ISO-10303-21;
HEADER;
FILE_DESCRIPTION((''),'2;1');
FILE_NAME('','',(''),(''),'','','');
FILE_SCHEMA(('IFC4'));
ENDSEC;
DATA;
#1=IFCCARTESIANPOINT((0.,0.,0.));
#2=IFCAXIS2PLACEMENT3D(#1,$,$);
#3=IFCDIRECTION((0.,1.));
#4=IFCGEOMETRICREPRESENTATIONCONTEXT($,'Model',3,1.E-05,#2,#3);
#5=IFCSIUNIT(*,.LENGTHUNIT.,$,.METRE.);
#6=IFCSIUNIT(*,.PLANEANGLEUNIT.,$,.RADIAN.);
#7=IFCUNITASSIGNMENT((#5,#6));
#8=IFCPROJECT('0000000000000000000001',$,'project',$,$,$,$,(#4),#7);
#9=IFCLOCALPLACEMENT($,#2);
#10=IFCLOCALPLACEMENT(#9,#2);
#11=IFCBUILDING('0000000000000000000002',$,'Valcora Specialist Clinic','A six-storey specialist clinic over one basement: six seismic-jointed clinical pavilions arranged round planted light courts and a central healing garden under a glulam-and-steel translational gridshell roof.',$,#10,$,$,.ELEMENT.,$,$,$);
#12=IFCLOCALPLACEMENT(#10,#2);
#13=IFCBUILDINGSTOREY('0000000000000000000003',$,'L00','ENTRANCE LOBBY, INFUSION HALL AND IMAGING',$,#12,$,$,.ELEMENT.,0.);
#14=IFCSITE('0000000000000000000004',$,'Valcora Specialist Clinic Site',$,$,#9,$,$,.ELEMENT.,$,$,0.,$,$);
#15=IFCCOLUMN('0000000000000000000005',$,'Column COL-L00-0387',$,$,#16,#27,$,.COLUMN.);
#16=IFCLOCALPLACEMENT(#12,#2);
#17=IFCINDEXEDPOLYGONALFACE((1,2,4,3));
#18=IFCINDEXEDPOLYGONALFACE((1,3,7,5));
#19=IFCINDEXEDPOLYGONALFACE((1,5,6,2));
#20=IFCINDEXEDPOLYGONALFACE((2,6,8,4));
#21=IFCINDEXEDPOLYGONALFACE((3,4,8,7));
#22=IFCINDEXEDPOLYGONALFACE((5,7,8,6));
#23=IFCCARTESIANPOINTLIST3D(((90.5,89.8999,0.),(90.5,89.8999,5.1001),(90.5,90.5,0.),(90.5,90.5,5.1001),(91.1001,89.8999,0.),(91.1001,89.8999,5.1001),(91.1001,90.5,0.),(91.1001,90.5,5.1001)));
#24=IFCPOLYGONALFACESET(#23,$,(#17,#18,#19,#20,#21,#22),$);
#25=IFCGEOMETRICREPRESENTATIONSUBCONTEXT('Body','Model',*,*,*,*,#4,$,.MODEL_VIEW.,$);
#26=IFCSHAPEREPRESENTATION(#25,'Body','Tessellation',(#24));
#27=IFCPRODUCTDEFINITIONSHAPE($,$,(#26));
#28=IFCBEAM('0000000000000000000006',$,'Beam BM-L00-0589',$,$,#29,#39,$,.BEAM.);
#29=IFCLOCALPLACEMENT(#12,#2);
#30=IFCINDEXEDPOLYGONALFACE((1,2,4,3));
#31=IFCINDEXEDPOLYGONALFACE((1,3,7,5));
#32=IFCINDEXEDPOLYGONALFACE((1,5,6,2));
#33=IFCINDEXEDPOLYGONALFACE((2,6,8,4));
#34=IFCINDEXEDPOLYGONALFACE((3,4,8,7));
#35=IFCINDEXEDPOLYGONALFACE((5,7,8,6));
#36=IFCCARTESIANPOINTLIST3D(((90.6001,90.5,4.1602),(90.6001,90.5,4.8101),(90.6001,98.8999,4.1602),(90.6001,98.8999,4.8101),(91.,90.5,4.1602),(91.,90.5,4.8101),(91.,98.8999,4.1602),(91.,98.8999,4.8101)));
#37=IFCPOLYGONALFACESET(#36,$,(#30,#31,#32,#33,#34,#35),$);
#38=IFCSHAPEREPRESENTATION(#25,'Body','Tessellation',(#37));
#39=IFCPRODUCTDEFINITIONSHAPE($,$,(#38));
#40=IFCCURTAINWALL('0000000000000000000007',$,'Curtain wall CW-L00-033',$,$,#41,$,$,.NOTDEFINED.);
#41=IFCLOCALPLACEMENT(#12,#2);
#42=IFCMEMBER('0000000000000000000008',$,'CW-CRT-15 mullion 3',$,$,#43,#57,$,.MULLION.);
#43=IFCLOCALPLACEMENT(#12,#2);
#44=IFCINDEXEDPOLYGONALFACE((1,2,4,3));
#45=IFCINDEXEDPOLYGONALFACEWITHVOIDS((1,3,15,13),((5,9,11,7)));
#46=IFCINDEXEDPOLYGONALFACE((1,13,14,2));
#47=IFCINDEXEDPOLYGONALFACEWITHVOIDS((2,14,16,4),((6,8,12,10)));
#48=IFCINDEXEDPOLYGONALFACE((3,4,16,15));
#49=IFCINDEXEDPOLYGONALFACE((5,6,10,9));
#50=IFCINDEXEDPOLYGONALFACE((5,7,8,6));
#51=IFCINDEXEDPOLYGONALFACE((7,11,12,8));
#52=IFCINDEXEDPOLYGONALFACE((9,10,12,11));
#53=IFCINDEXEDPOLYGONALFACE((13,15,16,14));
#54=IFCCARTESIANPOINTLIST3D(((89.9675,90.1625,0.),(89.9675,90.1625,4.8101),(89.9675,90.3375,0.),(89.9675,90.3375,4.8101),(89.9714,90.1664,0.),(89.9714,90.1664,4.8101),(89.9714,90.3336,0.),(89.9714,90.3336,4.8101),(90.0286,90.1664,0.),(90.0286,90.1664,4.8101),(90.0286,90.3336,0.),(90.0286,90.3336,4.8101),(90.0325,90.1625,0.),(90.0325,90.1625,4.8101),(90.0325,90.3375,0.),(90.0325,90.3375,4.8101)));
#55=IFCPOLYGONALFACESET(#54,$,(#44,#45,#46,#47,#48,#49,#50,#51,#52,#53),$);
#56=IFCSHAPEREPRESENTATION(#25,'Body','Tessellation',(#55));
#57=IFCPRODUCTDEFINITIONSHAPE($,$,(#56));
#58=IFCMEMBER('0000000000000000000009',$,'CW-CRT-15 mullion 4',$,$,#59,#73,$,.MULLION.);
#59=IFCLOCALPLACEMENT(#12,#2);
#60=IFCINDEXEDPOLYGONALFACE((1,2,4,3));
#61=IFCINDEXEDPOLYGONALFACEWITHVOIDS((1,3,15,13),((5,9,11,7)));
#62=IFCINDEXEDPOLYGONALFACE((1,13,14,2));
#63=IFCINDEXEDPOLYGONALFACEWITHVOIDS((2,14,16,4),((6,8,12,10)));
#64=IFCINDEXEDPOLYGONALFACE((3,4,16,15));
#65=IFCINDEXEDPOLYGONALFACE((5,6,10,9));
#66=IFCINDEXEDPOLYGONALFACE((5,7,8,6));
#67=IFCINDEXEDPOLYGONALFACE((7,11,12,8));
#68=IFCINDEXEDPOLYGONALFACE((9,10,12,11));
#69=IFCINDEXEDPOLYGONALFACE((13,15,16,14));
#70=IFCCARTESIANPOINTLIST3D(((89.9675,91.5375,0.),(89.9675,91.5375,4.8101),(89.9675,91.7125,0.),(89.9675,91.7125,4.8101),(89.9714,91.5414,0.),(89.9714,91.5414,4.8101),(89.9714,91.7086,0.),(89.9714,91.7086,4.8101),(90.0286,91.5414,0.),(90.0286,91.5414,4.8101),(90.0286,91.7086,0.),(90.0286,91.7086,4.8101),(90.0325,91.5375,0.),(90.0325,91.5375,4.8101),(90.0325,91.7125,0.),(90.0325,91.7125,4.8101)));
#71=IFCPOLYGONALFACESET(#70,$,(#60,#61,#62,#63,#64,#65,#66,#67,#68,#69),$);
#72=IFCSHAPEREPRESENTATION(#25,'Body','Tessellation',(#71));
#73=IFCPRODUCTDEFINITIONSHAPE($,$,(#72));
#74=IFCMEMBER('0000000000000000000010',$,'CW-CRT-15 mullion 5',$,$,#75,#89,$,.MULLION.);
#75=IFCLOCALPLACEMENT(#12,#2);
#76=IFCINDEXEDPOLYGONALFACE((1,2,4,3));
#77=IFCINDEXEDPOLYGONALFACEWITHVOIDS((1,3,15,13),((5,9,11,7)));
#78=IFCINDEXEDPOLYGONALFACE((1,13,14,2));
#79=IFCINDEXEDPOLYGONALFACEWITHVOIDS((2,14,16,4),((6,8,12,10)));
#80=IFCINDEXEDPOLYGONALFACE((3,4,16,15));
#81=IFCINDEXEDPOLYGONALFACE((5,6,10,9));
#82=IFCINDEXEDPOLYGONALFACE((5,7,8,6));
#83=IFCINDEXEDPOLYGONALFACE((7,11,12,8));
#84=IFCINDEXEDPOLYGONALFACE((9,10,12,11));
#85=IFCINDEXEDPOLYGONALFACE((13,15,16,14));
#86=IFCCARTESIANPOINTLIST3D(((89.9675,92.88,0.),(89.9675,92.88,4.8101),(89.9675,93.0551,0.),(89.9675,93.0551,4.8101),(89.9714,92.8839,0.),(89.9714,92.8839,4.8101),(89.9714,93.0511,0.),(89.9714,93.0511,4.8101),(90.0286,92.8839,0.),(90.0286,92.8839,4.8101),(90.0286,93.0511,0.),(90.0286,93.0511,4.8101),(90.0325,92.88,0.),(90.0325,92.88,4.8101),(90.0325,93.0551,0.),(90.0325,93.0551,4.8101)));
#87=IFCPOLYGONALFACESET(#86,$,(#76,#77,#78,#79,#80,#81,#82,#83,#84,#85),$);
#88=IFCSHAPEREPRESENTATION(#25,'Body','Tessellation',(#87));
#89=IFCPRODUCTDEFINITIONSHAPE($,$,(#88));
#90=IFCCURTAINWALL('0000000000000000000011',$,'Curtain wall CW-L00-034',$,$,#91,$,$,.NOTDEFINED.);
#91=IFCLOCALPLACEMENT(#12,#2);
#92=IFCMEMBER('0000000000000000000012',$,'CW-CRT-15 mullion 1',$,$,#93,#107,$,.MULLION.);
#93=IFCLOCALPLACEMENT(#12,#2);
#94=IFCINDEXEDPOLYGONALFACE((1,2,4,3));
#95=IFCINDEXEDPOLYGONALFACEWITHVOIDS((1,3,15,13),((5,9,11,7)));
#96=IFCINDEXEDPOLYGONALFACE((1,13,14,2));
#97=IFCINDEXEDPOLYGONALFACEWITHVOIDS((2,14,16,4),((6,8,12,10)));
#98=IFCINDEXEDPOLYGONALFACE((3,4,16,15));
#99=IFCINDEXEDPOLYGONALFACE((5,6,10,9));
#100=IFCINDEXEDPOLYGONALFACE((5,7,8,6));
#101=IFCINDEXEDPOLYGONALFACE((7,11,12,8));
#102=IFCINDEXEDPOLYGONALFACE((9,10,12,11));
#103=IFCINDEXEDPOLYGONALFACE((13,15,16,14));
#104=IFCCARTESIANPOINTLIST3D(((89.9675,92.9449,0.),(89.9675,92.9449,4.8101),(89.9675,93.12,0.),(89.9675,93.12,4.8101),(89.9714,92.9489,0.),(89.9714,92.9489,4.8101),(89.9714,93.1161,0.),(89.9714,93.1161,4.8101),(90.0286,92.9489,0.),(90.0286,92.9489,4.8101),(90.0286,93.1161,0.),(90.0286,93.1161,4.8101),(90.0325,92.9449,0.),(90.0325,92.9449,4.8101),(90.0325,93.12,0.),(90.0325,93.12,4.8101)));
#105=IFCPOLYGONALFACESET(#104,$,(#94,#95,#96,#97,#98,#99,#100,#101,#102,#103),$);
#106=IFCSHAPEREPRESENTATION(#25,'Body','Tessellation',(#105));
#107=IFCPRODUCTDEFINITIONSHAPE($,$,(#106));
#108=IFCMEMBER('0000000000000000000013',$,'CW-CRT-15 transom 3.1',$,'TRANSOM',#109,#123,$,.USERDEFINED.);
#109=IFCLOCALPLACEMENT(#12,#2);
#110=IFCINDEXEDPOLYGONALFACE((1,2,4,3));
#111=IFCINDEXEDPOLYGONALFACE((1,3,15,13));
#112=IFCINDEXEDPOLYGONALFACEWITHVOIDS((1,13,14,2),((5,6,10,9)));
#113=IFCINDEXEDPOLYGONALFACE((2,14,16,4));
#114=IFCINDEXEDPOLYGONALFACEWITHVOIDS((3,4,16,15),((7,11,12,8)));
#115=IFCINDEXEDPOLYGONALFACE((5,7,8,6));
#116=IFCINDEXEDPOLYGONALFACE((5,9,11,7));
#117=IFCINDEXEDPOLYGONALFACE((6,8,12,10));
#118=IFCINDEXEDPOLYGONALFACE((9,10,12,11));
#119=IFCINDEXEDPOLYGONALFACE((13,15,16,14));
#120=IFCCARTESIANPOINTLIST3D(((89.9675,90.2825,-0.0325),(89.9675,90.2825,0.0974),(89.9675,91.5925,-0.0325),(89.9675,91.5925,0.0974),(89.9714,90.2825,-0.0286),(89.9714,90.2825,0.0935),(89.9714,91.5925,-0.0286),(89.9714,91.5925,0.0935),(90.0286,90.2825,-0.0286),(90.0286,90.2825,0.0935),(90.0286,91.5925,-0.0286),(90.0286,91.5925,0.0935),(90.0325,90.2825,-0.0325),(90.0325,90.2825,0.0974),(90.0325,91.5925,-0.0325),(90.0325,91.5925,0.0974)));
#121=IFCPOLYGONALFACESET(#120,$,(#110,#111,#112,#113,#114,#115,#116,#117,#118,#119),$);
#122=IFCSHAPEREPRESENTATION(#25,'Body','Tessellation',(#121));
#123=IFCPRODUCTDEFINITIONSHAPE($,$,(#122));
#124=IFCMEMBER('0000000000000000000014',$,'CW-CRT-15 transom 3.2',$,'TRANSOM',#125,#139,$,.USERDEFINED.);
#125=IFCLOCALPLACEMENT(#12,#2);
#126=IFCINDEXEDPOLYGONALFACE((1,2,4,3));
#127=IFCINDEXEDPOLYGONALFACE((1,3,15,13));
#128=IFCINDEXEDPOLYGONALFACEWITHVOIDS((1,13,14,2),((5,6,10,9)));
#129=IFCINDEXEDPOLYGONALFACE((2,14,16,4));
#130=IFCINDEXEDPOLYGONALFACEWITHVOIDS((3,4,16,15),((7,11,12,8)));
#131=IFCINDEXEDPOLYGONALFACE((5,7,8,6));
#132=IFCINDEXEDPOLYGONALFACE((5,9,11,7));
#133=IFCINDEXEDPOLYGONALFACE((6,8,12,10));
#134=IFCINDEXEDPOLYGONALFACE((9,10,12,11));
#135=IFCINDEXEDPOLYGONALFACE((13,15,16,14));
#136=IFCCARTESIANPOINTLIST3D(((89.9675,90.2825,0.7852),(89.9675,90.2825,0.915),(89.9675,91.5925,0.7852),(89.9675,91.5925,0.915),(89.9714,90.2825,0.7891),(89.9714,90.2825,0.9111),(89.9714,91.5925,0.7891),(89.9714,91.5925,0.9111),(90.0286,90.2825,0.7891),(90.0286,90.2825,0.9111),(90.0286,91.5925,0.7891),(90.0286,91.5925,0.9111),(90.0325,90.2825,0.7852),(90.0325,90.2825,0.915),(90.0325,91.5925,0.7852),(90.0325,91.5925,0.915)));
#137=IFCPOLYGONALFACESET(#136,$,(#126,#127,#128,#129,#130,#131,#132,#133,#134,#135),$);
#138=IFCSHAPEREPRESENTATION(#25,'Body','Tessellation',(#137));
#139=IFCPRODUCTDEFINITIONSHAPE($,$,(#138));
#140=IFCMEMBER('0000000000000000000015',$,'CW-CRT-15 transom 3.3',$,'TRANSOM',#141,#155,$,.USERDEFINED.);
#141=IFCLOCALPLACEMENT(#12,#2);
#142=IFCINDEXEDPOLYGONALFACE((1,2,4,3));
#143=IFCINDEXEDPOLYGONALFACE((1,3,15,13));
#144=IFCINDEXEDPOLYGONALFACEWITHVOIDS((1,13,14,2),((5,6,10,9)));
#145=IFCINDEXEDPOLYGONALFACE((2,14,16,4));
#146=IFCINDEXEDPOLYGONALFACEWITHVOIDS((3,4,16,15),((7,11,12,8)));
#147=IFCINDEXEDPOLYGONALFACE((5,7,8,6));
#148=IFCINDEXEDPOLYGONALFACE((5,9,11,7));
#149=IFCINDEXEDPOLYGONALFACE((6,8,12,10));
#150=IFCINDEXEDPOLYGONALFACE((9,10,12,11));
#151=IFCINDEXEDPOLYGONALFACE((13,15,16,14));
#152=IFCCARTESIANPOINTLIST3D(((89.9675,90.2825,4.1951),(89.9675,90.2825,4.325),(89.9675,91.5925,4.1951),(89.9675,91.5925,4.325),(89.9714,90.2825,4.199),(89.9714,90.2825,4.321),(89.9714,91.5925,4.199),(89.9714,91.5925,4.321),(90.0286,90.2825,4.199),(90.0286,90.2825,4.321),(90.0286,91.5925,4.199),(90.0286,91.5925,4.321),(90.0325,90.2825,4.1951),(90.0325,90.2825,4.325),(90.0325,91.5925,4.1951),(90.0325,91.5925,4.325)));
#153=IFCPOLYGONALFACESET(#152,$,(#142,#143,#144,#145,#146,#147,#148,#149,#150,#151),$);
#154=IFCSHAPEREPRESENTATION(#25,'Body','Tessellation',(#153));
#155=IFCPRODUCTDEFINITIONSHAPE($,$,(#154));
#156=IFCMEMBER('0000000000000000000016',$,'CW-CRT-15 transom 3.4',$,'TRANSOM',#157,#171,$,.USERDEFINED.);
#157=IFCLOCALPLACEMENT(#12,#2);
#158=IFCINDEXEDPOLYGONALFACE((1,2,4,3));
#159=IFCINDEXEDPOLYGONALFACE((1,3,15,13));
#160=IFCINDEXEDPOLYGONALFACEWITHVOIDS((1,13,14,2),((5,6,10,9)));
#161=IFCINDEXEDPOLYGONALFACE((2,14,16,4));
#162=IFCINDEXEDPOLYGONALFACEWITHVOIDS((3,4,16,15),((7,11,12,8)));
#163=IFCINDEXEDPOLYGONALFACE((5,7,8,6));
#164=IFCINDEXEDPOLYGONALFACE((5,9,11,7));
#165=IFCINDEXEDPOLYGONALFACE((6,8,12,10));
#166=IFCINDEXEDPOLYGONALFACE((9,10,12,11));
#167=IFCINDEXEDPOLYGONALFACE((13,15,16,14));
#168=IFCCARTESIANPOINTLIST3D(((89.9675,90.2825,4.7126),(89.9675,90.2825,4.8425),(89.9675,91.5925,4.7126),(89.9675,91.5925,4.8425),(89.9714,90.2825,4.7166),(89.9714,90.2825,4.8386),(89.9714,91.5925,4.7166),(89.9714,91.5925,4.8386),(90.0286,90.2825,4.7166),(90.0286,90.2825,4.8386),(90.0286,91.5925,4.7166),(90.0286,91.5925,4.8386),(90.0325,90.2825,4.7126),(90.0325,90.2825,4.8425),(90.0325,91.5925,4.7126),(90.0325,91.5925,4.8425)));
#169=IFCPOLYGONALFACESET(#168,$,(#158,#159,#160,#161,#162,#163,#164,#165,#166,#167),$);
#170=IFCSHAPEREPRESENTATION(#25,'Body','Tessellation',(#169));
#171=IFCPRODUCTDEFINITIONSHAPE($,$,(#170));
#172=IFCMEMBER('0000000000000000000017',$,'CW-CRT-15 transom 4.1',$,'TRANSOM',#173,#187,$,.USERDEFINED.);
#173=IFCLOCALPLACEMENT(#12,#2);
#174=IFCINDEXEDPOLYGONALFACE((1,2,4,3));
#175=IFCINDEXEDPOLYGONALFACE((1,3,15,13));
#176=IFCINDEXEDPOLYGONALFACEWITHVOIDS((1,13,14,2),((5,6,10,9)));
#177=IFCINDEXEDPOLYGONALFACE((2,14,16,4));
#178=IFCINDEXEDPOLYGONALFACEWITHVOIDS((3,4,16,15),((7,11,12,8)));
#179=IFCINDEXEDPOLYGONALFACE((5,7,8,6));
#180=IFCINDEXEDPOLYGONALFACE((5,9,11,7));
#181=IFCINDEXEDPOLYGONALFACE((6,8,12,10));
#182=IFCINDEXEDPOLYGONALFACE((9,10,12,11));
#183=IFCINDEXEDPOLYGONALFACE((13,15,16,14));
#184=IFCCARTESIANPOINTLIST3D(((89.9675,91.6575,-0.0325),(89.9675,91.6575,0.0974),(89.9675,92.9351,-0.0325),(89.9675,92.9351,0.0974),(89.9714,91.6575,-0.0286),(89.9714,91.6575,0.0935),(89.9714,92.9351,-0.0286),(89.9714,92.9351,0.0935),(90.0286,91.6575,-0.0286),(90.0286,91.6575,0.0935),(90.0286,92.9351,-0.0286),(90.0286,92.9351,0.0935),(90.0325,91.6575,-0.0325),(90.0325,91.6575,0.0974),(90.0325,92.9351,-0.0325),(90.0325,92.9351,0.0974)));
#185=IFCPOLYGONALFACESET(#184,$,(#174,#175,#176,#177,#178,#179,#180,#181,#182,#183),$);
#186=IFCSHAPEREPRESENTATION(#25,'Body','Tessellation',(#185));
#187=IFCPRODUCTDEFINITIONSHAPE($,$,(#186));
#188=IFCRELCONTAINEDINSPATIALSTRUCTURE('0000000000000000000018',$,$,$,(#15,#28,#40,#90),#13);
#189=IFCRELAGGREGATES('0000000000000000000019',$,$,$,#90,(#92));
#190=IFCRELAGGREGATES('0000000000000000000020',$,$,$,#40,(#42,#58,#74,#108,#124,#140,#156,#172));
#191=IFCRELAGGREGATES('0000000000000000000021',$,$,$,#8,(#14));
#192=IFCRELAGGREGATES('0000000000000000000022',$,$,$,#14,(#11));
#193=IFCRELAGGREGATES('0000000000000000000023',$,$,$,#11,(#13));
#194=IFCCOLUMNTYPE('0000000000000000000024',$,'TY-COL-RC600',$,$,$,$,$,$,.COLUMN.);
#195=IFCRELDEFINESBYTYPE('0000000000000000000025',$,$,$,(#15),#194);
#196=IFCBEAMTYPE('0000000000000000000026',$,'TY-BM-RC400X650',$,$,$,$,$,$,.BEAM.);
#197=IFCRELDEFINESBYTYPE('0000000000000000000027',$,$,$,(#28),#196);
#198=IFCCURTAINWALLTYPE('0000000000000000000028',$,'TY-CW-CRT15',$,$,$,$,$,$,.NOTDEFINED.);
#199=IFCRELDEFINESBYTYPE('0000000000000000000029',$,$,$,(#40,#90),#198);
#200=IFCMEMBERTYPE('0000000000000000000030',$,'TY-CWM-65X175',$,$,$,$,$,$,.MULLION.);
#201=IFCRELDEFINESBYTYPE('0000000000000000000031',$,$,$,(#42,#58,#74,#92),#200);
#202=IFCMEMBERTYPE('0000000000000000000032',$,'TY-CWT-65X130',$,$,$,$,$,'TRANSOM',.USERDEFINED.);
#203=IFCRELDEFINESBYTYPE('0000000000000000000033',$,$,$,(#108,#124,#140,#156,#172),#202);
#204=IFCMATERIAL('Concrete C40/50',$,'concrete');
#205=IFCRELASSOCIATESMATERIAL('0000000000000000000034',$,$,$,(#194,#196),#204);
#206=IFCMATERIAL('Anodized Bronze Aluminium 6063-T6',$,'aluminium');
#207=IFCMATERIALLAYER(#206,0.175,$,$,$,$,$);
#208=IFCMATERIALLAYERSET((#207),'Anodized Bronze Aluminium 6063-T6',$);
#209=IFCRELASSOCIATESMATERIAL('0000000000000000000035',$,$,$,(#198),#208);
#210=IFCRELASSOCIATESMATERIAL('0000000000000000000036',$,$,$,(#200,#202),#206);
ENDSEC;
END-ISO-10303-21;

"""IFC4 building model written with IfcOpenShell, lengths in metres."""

from ifc_helpers import new_model, si_unit, direction, frame, origin, origin_2d, place, context, subcontext, project, spatial, rectangle, hollow_rectangle, extrude, material, layer, layer_set, material_profile, profile_set, type_object, element, aggregate, save


model = new_model("IFC4")

# Units and contexts
model_context = context("Model", 3, precision=1e-05, world=origin(), true_north=direction((0.0, 1.0)))
body_context = subcontext(model_context, "Body", "Model", "MODEL_VIEW")
ifc_project = project(units=[si_unit("LENGTHUNIT", "METRE"), si_unit("PLANEANGLEUNIT", "RADIAN")], contexts=[model_context])

# Site, building, storey
site_placement = place(None, origin())
site = spatial("IfcSite", under=ifc_project, at=site_placement, Name="Valcora Specialist Clinic Site", CompositionType="ELEMENT", RefElevation=0.0)
building_placement = place(site_placement, origin())
building = spatial("IfcBuilding", under=site, at=building_placement, Name="Valcora Specialist Clinic", Description="A six-storey specialist clinic over one basement: six seismic-jointed clinical pavilions arranged round planted light courts and a central healing garden under a glulam-and-steel translational gridshell roof.", CompositionType="ELEMENT")
storey_placement = place(building_placement, origin())
storey = spatial("IfcBuildingStorey", under=building, at=storey_placement, Name="L00", Description="ENTRANCE LOBBY, INFUSION HALL AND IMAGING", CompositionType="ELEMENT", Elevation=0.0)

# Column
ifc_material_1 = material(Name="Concrete C40/50", Category="concrete")
ifc_material_profile_1 = material_profile(ifc_material_1, rectangle(XDim=0.6001, YDim=0.6001, at=origin_2d()), Name="RC-COL-600X600")
ifc_profile_set_1 = profile_set([ifc_material_profile_1], Name="Concrete C40/50")
column_type = type_object("IfcColumnType", Name="TY-COL-RC600", PredefinedType="COLUMN", material=ifc_profile_set_1)
column_placement = place(storey_placement, frame((90.8, 90.2, 0.0), z_axis=(0.0, 0.0, 1.0), x_axis=(1.0, 0.0, 0.0)))
element("IfcColumn", 1, at=column_placement, inside=storey, type_object=column_type, Name="Column COL-L00-0387", PredefinedType="COLUMN", context=body_context, shape_type="SweptSolid", body=[
    extrude(rectangle(XDim=0.6001, YDim=0.6001, at=origin_2d()), origin(), (0.0, 0.0, 1.0), 5.1001),
])

# Beam
ifc_material_profile_2 = material_profile(ifc_material_1, rectangle(XDim=0.3999, YDim=0.6499, at=origin_2d()), Name="RC-BM-400X650")
ifc_profile_set_2 = profile_set([ifc_material_profile_2], Name="Concrete C40/50")
beam_type = type_object("IfcBeamType", Name="TY-BM-RC400X650", PredefinedType="BEAM", material=ifc_profile_set_2)
beam_placement = place(storey_placement, frame((90.8, 90.5, 4.4851), z_axis=(0.0, 1.0, 0.0), x_axis=(-1.0, 0.0, 0.0)))
element("IfcBeam", 2, at=beam_placement, inside=storey, type_object=beam_type, Name="Beam BM-L00-0589", PredefinedType="BEAM", context=body_context, shape_type="SweptSolid", body=[
    extrude(rectangle(XDim=0.3999, YDim=0.6499, at=origin_2d()), origin(), (0.0, 0.0, 1.0), 8.3999),
])

# Curtain wall, members
ifc_material_2 = material(Name="Anodized Bronze Aluminium 6063-T6", Category="aluminium")
ifc_layer_1 = layer(ifc_material_2, 0.175)
ifc_layer_set_1 = layer_set([ifc_layer_1], Name="Anodized Bronze Aluminium 6063-T6")
curtain_wall_type = type_object("IfcCurtainWallType", Name="TY-CW-CRT15", PredefinedType="NOTDEFINED", material=ifc_layer_set_1)
curtain_wall_1_placement = place(storey_placement, origin())
curtain_wall_1 = element("IfcCurtainWall", 3, at=curtain_wall_1_placement, inside=storey, type_object=curtain_wall_type, Name="Curtain wall CW-L00-033", PredefinedType="NOTDEFINED")
ifc_material_profile_3 = material_profile(ifc_material_2, hollow_rectangle(XDim=0.0649, YDim=0.175, WallThickness=0.0039, at=origin_2d()), Name="AL-MUL-65X175")
ifc_profile_set_3 = profile_set([ifc_material_profile_3], Name="Anodized Bronze Aluminium 6063-T6")
member_type_1 = type_object("IfcMemberType", Name="TY-CWM-65X175", PredefinedType="MULLION", material=ifc_profile_set_3)
member_1_placement = place(storey_placement, frame((90.0, 90.25, 0.0), z_axis=(0.0, 0.0, 1.0), x_axis=(-1.0, 0.0, 0.0)))
member_1 = element("IfcMember", 4, at=member_1_placement, type_object=member_type_1, Name="CW-CRT-15 mullion 3", PredefinedType="MULLION", context=body_context, shape_type="SweptSolid", body=[
    extrude(hollow_rectangle(XDim=0.0649, YDim=0.175, WallThickness=0.0039, at=origin_2d()), origin(), (0.0, 0.0, 1.0), 4.8101),
])
member_2_placement = place(storey_placement, frame((90.0, 91.625, 0.0), z_axis=(0.0, 0.0, 1.0), x_axis=(-1.0, 0.0, 0.0)))
member_2 = element("IfcMember", 5, at=member_2_placement, type_object=member_type_1, Name="CW-CRT-15 mullion 4", PredefinedType="MULLION", context=body_context, shape_type="SweptSolid", body=[
    extrude(hollow_rectangle(XDim=0.0649, YDim=0.175, WallThickness=0.0039, at=origin_2d()), origin(), (0.0, 0.0, 1.0), 4.8101),
])
member_3_placement = place(storey_placement, frame((90.0, 92.9675, 0.0), z_axis=(0.0, 0.0, 1.0), x_axis=(-1.0, 0.0, 0.0)))
member_3 = element("IfcMember", 6, at=member_3_placement, type_object=member_type_1, Name="CW-CRT-15 mullion 5", PredefinedType="MULLION", context=body_context, shape_type="SweptSolid", body=[
    extrude(hollow_rectangle(XDim=0.0649, YDim=0.175, WallThickness=0.0039, at=origin_2d()), origin(), (0.0, 0.0, 1.0), 4.8101),
])

# Curtain wall, member
curtain_wall_2_placement = place(storey_placement, origin())
curtain_wall_2 = element("IfcCurtainWall", 7, at=curtain_wall_2_placement, inside=storey, type_object=curtain_wall_type, Name="Curtain wall CW-L00-034", PredefinedType="NOTDEFINED")
member_4_placement = place(storey_placement, frame((90.0, 93.0325, 0.0), z_axis=(0.0, 0.0, 1.0), x_axis=(-1.0, 0.0, 0.0)))
member_4 = element("IfcMember", 8, at=member_4_placement, type_object=member_type_1, Name="CW-CRT-15 mullion 1", PredefinedType="MULLION", context=body_context, shape_type="SweptSolid", body=[
    extrude(hollow_rectangle(XDim=0.0649, YDim=0.175, WallThickness=0.0039, at=origin_2d()), origin(), (0.0, 0.0, 1.0), 4.8101),
])

# Members
ifc_material_profile_4 = material_profile(ifc_material_2, hollow_rectangle(XDim=0.0649, YDim=0.1299, WallThickness=0.0039, at=origin_2d()), Name="AL-TRN-65X130")
ifc_profile_set_4 = profile_set([ifc_material_profile_4], Name="Anodized Bronze Aluminium 6063-T6")
member_type_2 = type_object("IfcMemberType", Name="TY-CWT-65X130", ElementType="TRANSOM", PredefinedType="USERDEFINED", material=ifc_profile_set_4)
member_5_placement = place(storey_placement, frame((90.0, 90.2825, 0.0325), z_axis=(0.0, 1.0, 0.0), x_axis=(-1.0, 0.0, 0.0)))
member_5 = element("IfcMember", 9, at=member_5_placement, type_object=member_type_2, Name="CW-CRT-15 transom 3.1", ObjectType="TRANSOM", PredefinedType="USERDEFINED", context=body_context, shape_type="SweptSolid", body=[
    extrude(hollow_rectangle(XDim=0.0649, YDim=0.1299, WallThickness=0.0039, at=origin_2d()), origin(), (0.0, 0.0, 1.0), 1.3101),
])
member_6_placement = place(storey_placement, frame((90.0, 90.2825, 0.8501), z_axis=(0.0, 1.0, 0.0), x_axis=(-1.0, 0.0, 0.0)))
member_6 = element("IfcMember", 10, at=member_6_placement, type_object=member_type_2, Name="CW-CRT-15 transom 3.2", ObjectType="TRANSOM", PredefinedType="USERDEFINED", context=body_context, shape_type="SweptSolid", body=[
    extrude(hollow_rectangle(XDim=0.0649, YDim=0.1299, WallThickness=0.0039, at=origin_2d()), origin(), (0.0, 0.0, 1.0), 1.3101),
])
member_7_placement = place(storey_placement, frame((90.0, 90.2825, 4.26), z_axis=(0.0, 1.0, 0.0), x_axis=(-1.0, 0.0, 0.0)))
member_7 = element("IfcMember", 11, at=member_7_placement, type_object=member_type_2, Name="CW-CRT-15 transom 3.3", ObjectType="TRANSOM", PredefinedType="USERDEFINED", context=body_context, shape_type="SweptSolid", body=[
    extrude(hollow_rectangle(XDim=0.0649, YDim=0.1299, WallThickness=0.0039, at=origin_2d()), origin(), (0.0, 0.0, 1.0), 1.3101),
])
member_8_placement = place(storey_placement, frame((90.0, 90.2825, 4.7776), z_axis=(0.0, 1.0, 0.0), x_axis=(-1.0, 0.0, 0.0)))
member_8 = element("IfcMember", 12, at=member_8_placement, type_object=member_type_2, Name="CW-CRT-15 transom 3.4", ObjectType="TRANSOM", PredefinedType="USERDEFINED", context=body_context, shape_type="SweptSolid", body=[
    extrude(hollow_rectangle(XDim=0.0649, YDim=0.1299, WallThickness=0.0039, at=origin_2d()), origin(), (0.0, 0.0, 1.0), 1.3101),
])
member_9_placement = place(storey_placement, frame((90.0, 91.6575, 0.0325), z_axis=(0.0, 1.0, 0.0), x_axis=(-1.0, 0.0, 0.0)))
member_9 = element("IfcMember", 13, at=member_9_placement, type_object=member_type_2, Name="CW-CRT-15 transom 4.1", ObjectType="TRANSOM", PredefinedType="USERDEFINED", context=body_context, shape_type="SweptSolid", body=[
    extrude(hollow_rectangle(XDim=0.0649, YDim=0.1299, WallThickness=0.0039, at=origin_2d()), origin(), (0.0, 0.0, 1.0), 1.2776),
])
aggregate(curtain_wall_2, [member_4])

aggregate(curtain_wall_1, [member_1, member_2, member_3, member_5, member_6, member_7, member_8, member_9])

save(model, "model.ifc")
